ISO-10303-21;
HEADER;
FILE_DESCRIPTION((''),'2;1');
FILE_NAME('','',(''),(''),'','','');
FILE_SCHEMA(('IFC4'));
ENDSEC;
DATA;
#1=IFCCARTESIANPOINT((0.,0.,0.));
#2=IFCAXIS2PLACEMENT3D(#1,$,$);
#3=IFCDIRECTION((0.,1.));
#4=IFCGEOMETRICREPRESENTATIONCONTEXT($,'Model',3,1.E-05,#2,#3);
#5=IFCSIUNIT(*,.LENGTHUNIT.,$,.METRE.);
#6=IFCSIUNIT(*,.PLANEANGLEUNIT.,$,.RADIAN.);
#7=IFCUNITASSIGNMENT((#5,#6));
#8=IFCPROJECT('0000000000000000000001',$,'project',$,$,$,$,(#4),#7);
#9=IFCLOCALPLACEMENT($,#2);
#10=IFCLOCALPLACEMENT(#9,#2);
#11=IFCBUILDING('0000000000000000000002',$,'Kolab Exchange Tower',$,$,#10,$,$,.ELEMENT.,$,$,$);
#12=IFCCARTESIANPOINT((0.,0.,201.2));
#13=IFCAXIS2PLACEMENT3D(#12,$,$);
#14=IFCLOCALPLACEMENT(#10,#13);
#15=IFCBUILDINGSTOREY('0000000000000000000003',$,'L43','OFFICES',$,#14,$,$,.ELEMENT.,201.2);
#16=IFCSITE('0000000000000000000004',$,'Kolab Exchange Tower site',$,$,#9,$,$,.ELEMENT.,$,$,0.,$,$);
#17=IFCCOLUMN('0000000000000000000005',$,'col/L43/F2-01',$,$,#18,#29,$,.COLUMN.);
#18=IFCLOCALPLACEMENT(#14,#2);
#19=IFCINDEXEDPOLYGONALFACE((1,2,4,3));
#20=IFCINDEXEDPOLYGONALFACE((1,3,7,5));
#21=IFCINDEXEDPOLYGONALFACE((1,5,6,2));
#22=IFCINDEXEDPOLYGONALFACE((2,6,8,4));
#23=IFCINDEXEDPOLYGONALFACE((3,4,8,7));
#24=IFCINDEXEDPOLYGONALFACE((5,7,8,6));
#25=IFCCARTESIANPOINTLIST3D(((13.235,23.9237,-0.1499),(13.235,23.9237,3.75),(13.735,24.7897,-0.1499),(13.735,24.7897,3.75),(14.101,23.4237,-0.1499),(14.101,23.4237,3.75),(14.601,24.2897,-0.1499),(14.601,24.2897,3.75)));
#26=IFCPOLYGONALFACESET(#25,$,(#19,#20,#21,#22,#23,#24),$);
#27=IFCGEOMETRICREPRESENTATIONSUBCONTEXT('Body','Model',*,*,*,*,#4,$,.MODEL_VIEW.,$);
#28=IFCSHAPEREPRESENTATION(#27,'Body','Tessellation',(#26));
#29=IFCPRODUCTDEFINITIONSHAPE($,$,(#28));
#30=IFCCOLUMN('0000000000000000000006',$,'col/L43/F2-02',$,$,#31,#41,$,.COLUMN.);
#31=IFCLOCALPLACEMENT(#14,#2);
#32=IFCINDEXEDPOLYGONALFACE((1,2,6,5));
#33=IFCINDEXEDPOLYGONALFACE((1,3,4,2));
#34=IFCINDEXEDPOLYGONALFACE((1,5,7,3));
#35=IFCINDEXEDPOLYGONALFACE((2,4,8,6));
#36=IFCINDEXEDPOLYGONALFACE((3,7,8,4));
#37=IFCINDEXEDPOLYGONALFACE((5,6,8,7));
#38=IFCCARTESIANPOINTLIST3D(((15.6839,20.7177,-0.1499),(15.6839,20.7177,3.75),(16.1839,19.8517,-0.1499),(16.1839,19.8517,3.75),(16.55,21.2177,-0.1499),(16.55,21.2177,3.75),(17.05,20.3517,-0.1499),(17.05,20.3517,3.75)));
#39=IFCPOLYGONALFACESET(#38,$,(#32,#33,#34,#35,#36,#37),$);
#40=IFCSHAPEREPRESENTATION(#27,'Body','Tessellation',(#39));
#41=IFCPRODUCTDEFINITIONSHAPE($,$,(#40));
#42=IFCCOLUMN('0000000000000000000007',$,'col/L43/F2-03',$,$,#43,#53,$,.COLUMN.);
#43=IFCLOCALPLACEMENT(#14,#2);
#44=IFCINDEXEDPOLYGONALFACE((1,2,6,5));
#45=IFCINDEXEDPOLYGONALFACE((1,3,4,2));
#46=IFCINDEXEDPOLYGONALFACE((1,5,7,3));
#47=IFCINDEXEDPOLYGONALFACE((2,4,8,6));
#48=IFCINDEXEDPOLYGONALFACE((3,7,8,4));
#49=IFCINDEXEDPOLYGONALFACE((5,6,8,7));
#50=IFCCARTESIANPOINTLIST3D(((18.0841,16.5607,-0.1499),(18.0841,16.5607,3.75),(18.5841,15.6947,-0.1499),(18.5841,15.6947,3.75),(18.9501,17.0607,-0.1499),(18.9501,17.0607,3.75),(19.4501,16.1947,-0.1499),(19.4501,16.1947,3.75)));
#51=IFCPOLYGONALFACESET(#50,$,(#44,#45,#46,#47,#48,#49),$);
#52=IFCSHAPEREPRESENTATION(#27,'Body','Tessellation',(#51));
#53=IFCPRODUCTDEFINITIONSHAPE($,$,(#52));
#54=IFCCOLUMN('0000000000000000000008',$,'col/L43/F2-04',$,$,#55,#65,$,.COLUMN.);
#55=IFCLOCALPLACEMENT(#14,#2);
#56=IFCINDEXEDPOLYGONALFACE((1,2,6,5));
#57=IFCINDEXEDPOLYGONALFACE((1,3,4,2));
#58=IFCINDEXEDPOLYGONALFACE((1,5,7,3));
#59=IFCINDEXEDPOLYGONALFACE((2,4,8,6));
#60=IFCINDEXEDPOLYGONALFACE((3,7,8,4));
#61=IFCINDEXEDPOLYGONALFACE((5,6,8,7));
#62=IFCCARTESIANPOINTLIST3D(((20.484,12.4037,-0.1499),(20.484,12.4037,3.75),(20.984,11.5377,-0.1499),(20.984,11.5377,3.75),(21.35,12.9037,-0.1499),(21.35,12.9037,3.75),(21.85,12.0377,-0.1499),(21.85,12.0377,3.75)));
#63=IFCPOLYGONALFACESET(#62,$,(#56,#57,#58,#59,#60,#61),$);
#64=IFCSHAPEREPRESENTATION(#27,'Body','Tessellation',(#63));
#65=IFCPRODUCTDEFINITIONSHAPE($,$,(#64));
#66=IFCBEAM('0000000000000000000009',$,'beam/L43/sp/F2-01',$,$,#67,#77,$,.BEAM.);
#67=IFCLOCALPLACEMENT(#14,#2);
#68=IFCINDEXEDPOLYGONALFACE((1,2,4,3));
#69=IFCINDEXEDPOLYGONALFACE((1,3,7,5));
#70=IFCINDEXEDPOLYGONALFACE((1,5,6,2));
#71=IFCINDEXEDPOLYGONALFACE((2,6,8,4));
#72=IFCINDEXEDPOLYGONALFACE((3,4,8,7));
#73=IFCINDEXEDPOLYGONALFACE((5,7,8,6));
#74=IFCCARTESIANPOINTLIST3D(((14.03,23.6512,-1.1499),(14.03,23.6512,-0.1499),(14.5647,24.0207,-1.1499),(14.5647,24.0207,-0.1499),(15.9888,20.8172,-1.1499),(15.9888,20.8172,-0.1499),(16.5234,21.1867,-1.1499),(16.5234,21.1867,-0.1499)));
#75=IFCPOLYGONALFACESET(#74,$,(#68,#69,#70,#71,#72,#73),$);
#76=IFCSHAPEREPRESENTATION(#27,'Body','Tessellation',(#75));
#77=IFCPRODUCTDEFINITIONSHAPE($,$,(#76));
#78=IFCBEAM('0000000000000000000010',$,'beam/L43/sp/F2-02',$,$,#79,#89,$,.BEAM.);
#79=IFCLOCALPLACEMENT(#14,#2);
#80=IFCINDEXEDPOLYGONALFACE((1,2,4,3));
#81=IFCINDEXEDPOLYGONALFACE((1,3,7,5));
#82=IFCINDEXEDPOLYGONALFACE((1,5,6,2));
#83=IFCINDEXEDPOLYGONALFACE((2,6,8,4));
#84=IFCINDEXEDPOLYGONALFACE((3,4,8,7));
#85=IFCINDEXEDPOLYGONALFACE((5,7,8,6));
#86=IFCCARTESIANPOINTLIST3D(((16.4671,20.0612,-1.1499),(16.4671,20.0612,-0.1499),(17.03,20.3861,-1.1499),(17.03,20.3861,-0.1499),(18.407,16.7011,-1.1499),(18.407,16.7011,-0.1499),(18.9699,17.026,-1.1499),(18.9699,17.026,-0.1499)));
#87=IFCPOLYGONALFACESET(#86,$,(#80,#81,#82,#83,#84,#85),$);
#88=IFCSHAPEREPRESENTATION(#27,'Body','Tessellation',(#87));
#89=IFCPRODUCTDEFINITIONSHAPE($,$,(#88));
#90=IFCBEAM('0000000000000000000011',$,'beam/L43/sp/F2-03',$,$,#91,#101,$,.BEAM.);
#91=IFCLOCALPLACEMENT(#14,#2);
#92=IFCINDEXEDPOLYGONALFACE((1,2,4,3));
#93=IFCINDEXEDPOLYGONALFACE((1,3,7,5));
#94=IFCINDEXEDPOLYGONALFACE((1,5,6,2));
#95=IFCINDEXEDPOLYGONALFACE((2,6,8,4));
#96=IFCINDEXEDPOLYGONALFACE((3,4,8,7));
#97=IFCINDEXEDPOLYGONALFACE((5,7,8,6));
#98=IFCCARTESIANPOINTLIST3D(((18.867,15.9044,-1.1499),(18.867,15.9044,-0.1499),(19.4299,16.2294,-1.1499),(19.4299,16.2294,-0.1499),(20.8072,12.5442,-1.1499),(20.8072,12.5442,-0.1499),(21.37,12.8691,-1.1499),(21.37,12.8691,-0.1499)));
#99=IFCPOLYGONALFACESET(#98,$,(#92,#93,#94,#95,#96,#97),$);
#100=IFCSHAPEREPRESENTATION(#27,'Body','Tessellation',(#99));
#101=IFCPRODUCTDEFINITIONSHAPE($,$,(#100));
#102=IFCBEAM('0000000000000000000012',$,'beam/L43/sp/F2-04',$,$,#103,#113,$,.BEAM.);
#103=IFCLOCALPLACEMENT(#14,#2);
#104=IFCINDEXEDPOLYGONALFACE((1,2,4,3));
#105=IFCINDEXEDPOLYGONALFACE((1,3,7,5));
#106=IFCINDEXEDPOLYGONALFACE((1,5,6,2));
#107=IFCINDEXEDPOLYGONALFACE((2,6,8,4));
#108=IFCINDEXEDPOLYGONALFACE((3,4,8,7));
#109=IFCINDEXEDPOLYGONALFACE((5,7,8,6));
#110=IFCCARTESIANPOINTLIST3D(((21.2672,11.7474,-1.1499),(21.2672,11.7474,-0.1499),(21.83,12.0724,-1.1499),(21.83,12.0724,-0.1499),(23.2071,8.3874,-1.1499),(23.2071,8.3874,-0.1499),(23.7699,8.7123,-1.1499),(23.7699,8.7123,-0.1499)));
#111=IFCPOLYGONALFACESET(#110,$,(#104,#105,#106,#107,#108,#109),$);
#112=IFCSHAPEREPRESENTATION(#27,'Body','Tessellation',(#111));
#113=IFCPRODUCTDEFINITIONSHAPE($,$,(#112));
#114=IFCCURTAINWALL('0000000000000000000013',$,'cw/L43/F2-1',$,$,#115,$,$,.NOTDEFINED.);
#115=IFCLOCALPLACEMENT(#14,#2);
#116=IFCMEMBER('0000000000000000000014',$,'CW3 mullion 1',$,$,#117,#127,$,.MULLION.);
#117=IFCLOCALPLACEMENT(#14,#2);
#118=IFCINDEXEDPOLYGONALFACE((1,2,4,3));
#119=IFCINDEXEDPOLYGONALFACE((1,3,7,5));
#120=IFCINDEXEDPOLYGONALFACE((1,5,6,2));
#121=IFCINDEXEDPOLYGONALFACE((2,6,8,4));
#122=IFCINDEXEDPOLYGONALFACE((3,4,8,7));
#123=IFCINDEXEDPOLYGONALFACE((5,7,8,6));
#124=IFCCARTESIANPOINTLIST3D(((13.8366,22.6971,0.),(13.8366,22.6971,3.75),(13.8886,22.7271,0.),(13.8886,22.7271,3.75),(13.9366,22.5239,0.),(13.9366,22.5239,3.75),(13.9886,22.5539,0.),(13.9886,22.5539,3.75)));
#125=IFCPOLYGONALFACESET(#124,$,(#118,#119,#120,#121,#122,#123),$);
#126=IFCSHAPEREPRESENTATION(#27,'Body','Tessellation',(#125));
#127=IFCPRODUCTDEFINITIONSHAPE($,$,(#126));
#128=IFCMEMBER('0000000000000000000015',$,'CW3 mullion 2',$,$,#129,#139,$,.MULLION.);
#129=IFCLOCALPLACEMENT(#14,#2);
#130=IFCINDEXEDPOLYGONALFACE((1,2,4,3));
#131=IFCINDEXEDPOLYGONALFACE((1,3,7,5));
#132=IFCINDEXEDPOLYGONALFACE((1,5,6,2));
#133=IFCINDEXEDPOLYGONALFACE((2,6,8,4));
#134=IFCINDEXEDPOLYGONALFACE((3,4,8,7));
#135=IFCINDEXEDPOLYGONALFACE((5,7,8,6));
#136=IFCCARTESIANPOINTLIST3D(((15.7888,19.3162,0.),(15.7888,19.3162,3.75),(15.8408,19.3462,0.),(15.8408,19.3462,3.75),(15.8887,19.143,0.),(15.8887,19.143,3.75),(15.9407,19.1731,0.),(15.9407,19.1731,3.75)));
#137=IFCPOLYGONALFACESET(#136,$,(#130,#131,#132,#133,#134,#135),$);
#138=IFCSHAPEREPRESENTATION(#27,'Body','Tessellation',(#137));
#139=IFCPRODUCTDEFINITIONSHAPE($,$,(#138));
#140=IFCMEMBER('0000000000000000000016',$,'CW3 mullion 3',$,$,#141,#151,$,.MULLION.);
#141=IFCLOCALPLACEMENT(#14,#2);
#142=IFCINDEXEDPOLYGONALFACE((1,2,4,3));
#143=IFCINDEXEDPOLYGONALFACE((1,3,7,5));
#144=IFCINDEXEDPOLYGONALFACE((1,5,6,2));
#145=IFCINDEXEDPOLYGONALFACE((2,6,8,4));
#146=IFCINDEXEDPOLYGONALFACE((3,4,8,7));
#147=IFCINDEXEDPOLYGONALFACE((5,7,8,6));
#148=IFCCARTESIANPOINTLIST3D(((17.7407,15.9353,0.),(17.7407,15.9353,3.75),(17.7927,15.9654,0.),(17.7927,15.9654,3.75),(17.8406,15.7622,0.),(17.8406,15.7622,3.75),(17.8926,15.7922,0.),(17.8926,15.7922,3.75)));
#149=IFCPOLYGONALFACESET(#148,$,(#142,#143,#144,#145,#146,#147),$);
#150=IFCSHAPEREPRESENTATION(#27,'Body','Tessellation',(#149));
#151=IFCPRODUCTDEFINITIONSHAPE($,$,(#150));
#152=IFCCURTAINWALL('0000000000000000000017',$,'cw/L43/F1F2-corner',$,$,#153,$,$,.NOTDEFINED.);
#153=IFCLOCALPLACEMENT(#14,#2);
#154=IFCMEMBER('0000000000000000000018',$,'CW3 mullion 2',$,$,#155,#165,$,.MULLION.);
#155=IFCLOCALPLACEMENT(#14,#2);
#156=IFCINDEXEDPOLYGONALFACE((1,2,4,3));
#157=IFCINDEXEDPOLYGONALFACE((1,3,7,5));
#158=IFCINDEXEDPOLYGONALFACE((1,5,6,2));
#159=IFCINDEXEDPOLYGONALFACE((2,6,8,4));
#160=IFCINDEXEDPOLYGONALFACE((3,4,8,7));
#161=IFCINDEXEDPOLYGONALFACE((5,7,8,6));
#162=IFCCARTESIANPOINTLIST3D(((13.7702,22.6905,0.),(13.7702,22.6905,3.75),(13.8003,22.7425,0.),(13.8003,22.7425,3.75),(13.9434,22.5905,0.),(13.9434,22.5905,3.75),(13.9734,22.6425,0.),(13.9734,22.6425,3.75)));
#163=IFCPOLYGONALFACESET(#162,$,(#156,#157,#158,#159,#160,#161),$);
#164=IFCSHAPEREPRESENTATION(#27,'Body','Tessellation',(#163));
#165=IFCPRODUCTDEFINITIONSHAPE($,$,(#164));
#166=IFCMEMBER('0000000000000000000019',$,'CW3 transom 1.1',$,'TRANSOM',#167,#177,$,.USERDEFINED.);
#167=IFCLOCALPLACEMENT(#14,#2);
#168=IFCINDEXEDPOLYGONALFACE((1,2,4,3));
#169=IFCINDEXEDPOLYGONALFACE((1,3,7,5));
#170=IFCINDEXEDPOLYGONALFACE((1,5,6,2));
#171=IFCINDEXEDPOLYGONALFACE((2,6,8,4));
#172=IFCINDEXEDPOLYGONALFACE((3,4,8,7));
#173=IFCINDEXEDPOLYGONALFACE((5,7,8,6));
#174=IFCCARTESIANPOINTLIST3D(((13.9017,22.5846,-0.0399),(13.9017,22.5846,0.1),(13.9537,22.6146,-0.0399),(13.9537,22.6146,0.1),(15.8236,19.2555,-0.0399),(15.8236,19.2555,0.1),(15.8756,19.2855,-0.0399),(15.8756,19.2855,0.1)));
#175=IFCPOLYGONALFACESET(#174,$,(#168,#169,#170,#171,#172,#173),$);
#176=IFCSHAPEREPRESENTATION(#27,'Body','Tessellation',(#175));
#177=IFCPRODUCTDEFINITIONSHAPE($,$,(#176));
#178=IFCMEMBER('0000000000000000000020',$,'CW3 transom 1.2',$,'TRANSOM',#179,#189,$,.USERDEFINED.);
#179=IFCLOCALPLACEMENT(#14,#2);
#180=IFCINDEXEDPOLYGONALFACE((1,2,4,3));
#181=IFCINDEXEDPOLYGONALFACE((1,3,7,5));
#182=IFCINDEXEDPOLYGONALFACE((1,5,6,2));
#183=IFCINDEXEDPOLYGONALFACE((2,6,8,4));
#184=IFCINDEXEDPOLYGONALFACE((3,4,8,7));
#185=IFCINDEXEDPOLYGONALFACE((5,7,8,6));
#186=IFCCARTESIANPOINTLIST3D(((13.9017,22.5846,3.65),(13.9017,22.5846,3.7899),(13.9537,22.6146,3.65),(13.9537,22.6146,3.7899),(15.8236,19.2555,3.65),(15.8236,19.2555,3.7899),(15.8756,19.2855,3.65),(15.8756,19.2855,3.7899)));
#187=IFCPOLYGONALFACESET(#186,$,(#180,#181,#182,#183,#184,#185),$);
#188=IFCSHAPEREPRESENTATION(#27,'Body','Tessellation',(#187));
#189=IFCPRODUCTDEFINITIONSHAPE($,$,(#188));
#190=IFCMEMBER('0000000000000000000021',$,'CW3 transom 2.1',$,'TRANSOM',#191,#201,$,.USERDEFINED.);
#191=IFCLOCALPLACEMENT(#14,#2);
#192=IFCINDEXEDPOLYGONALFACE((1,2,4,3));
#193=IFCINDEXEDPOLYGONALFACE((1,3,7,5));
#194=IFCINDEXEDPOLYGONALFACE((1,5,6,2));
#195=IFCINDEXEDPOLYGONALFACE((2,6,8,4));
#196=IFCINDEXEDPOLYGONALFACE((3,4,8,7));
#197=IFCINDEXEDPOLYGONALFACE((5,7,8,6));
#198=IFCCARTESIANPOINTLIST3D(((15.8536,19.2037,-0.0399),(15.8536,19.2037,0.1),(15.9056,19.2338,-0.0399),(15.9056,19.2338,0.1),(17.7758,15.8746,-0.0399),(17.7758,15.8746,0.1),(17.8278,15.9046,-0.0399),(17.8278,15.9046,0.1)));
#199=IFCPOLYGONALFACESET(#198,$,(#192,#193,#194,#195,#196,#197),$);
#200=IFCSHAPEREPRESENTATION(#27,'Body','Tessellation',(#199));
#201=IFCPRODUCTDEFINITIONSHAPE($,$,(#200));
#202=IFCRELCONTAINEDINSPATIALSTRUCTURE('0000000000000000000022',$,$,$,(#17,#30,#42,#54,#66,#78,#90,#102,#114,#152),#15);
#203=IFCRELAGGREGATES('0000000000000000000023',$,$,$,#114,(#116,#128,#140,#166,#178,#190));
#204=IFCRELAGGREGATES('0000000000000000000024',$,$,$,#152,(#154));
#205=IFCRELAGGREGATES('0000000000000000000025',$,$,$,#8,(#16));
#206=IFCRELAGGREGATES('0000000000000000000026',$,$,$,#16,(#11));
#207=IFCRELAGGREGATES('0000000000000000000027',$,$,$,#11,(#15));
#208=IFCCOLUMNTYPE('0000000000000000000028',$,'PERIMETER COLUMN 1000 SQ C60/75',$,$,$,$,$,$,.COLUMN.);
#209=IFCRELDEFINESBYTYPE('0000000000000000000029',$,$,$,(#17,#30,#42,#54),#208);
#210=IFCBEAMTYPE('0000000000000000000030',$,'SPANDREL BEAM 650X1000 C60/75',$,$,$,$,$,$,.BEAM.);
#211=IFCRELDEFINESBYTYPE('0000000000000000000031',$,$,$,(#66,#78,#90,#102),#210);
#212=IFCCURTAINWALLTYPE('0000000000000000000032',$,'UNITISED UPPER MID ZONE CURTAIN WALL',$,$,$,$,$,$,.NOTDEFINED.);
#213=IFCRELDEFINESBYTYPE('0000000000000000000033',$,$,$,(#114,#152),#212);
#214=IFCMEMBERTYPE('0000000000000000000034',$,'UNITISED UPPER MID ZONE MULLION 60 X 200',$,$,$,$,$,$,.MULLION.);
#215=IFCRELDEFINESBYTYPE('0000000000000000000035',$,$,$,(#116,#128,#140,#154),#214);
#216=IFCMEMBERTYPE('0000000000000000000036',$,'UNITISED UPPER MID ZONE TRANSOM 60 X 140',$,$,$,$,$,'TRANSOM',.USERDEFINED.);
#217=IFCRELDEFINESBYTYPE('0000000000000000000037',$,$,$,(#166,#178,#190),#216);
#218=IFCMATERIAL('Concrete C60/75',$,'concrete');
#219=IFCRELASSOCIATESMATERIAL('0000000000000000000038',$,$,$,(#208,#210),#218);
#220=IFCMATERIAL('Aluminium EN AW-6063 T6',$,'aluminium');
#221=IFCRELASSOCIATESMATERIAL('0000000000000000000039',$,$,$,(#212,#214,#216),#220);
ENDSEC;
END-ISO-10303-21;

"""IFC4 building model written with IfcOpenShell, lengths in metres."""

from ifc_helpers import new_model, si_unit, direction, frame, origin, origin_2d, place, context, subcontext, project, spatial, rectangle, extrude, material, material_profile, profile_set, type_object, element, aggregate, save


model = new_model("IFC4")

# Units and contexts
model_context = context("Model", 3, precision=1e-05, world=origin(), true_north=direction((0.0, 1.0)))
body_context = subcontext(model_context, "Body", "Model", "MODEL_VIEW")
ifc_project = project(units=[si_unit("LENGTHUNIT", "METRE"), si_unit("PLANEANGLEUNIT", "RADIAN")], contexts=[model_context])

# Site, building, storey
site_placement = place(None, origin())
site = spatial("IfcSite", under=ifc_project, at=site_placement, Name="Kolab Exchange Tower site", CompositionType="ELEMENT", RefElevation=0.0)
building_placement = place(site_placement, origin())
building = spatial("IfcBuilding", under=site, at=building_placement, Name="Kolab Exchange Tower", CompositionType="ELEMENT")
storey_placement = place(building_placement, frame((0.0, 0.0, 201.2)))
storey = spatial("IfcBuildingStorey", under=building, at=storey_placement, Name="L43", Description="OFFICES", CompositionType="ELEMENT", Elevation=201.2)

# Columns
ifc_material_1 = material(Name="Concrete C60/75", Category="concrete")
ifc_material_profile_1 = material_profile(ifc_material_1, rectangle(XDim=1.0, YDim=1.0, at=origin_2d()), Name="RC1000")
ifc_profile_set_1 = profile_set([ifc_material_profile_1], Name="Concrete C60/75")
column_type = type_object("IfcColumnType", Name="PERIMETER COLUMN 1000 SQ C60/75", PredefinedType="COLUMN", material=ifc_profile_set_1)
for number, where, z_axis, x_axis, name in (
    (1, (13.918, 24.1067, -0.1499), (0.0, 0.0, 1.0), (0.5, 0.866025, 0.0), "col/L43/F2-01"),
    (2, (16.3669, 20.5347, -0.1499), (0.0, 0.0, 1.0), (0.866025, 0.5, 0.0), "col/L43/F2-02"),
    (3, (18.7671, 16.3777, -0.1499), (0.0, 0.0, 1.0), (0.866025, 0.5, 0.0), "col/L43/F2-03"),
    (4, (21.167, 12.2207, -0.1499), (0.0, 0.0, 1.0), (0.866025, 0.5, 0.0), "col/L43/F2-04"),
):
    element("IfcColumn", number, at=place(storey_placement, frame(where, z_axis=z_axis, x_axis=x_axis)), inside=storey, type_object=column_type, Name=name, PredefinedType="COLUMN", context=body_context, shape_type="SweptSolid", body=[
        extrude(rectangle(XDim=1.0, YDim=1.0, at=origin_2d()), origin(), (0.0, 0.0, 1.0), 3.8999),
    ])

# Beams
ifc_material_profile_2 = material_profile(ifc_material_1, rectangle(XDim=0.6499, YDim=1.0, at=origin_2d()), Name="RC650X1000")
ifc_profile_set_2 = profile_set([ifc_material_profile_2], Name="Concrete C60/75")
beam_type = type_object("IfcBeamType", Name="SPANDREL BEAM 650X1000 C60/75", PredefinedType="BEAM", material=ifc_profile_set_2)
beam_1_placement = place(storey_placement, frame((14.2974, 23.8359, -0.6499), z_axis=(0.568572, -0.822633, 0.0), x_axis=(0.822633, 0.568572, 0.0)))
element("IfcBeam", 5, at=beam_1_placement, inside=storey, type_object=beam_type, Name="beam/L43/sp/F2-01", PredefinedType="BEAM", context=body_context, shape_type="SweptSolid", body=[
    extrude(rectangle(XDim=0.6499, YDim=1.0, at=origin_2d()), origin(), (0.0, 0.0, 1.0), 3.4451),
])
beam_2_placement = place(storey_placement, frame((16.7485, 20.2236, -0.6499), z_axis=(0.499997, -0.866027, 0.0), x_axis=(0.866027, 0.499997, 0.0)))
element("IfcBeam", 6, at=beam_2_placement, inside=storey, type_object=beam_type, Name="beam/L43/sp/F2-02", PredefinedType="BEAM", context=body_context, shape_type="SweptSolid", body=[
    extrude(rectangle(XDim=0.6499, YDim=1.0, at=origin_2d()), origin(), (0.0, 0.0, 1.0), 3.8799),
])
beam_3_placement = place(storey_placement, frame((19.1484, 16.0669, -0.6499), z_axis=(0.500017, -0.866016, 0.0), x_axis=(0.866016, 0.500017, 0.0)))
element("IfcBeam", 7, at=beam_3_placement, inside=storey, type_object=beam_type, Name="beam/L43/sp/F2-03", PredefinedType="BEAM", context=body_context, shape_type="SweptSolid", body=[
    extrude(rectangle(XDim=0.6499, YDim=1.0, at=origin_2d()), origin(), (0.0, 0.0, 1.0), 3.8801),
])
beam_4_placement = place(storey_placement, frame((21.5486, 11.9099, -0.6499), z_axis=(0.499997, -0.866027, 0.0), x_axis=(0.866027, 0.499997, 0.0)))
element("IfcBeam", 8, at=beam_4_placement, inside=storey, type_object=beam_type, Name="beam/L43/sp/F2-04", PredefinedType="BEAM", context=body_context, shape_type="SweptSolid", body=[
    extrude(rectangle(XDim=0.6499, YDim=1.0, at=origin_2d()), origin(), (0.0, 0.0, 1.0), 3.8799),
])

# Curtain wall, members
ifc_material_2 = material(Name="Aluminium EN AW-6063 T6", Category="aluminium")
curtain_wall_type = type_object("IfcCurtainWallType", Name="UNITISED UPPER MID ZONE CURTAIN WALL", PredefinedType="NOTDEFINED", material=ifc_material_2)
curtain_wall_1_placement = place(storey_placement, origin())
curtain_wall_1 = element("IfcCurtainWall", 9, at=curtain_wall_1_placement, inside=storey, type_object=curtain_wall_type, Name="cw/L43/F2-1", PredefinedType="NOTDEFINED")
ifc_material_profile_3 = material_profile(ifc_material_2, rectangle(XDim=0.0601, YDim=0.2, at=origin_2d()), Name="RECT 60X200")
ifc_profile_set_3 = profile_set([ifc_material_profile_3], Name="Aluminium EN AW-6063 T6")
member_type_1 = type_object("IfcMemberType", Name="UNITISED UPPER MID ZONE MULLION 60 X 200", PredefinedType="MULLION", material=ifc_profile_set_3)
member_1_placement = place(storey_placement, frame((13.9126, 22.6255, 0.0), z_axis=(0.0, 0.0, 1.0), x_axis=(0.866025, 0.5, 0.0)))
member_1 = element("IfcMember", 10, at=member_1_placement, type_object=member_type_1, Name="CW3 mullion 1", PredefinedType="MULLION", context=body_context, shape_type="SweptSolid", body=[
    extrude(rectangle(XDim=0.0601, YDim=0.2, at=origin_2d()), origin(), (0.0, 0.0, 1.0), 3.75),
])
member_2_placement = place(storey_placement, frame((15.8647, 19.2446, 0.0), z_axis=(0.0, 0.0, 1.0), x_axis=(0.866025, 0.5, 0.0)))
member_2 = element("IfcMember", 11, at=member_2_placement, type_object=member_type_1, Name="CW3 mullion 2", PredefinedType="MULLION", context=body_context, shape_type="SweptSolid", body=[
    extrude(rectangle(XDim=0.0601, YDim=0.2, at=origin_2d()), origin(), (0.0, 0.0, 1.0), 3.75),
])
member_3_placement = place(storey_placement, frame((17.8167, 15.8638, 0.0), z_axis=(0.0, 0.0, 1.0), x_axis=(0.866025, 0.5, 0.0)))
member_3 = element("IfcMember", 12, at=member_3_placement, type_object=member_type_1, Name="CW3 mullion 3", PredefinedType="MULLION", context=body_context, shape_type="SweptSolid", body=[
    extrude(rectangle(XDim=0.0601, YDim=0.2, at=origin_2d()), origin(), (0.0, 0.0, 1.0), 3.75),
])

# Curtain wall, member
curtain_wall_2_placement = place(storey_placement, origin())
curtain_wall_2 = element("IfcCurtainWall", 13, at=curtain_wall_2_placement, inside=storey, type_object=curtain_wall_type, Name="cw/L43/F1F2-corner", PredefinedType="NOTDEFINED")
member_4_placement = place(storey_placement, frame((13.8718, 22.6665, 0.0), z_axis=(0.0, 0.0, 1.0), x_axis=(0.5, 0.866025, 0.0)))
member_4 = element("IfcMember", 14, at=member_4_placement, type_object=member_type_1, Name="CW3 mullion 2", PredefinedType="MULLION", context=body_context, shape_type="SweptSolid", body=[
    extrude(rectangle(XDim=0.0601, YDim=0.2, at=origin_2d()), origin(), (0.0, 0.0, 1.0), 3.75),
])

# Members
ifc_material_profile_4 = material_profile(ifc_material_2, rectangle(XDim=0.0601, YDim=0.1399, at=origin_2d()), Name="RECT 60X140")
ifc_profile_set_4 = profile_set([ifc_material_profile_4], Name="Aluminium EN AW-6063 T6")
member_type_2 = type_object("IfcMemberType", Name="UNITISED UPPER MID ZONE TRANSOM 60 X 140", ElementType="TRANSOM", PredefinedType="USERDEFINED", material=ifc_profile_set_4)
member_5_placement = place(storey_placement, frame((13.9277, 22.5996, 0.03), z_axis=(0.499964, -0.866046, 0.0), x_axis=(0.866046, 0.499964, 0.0)))
member_5 = element("IfcMember", 15, at=member_5_placement, type_object=member_type_2, Name="CW3 transom 1.1", ObjectType="TRANSOM", PredefinedType="USERDEFINED", context=body_context, shape_type="SweptSolid", body=[
    extrude(rectangle(XDim=0.0601, YDim=0.1399, at=origin_2d()), origin(), (0.0, 0.0, 1.0), 3.844),
])
member_6_placement = place(storey_placement, frame((13.9277, 22.5996, 3.72), z_axis=(0.499964, -0.866046, 0.0), x_axis=(0.866046, 0.499964, 0.0)))
member_6 = element("IfcMember", 16, at=member_6_placement, type_object=member_type_2, Name="CW3 transom 1.2", ObjectType="TRANSOM", PredefinedType="USERDEFINED", context=body_context, shape_type="SweptSolid", body=[
    extrude(rectangle(XDim=0.0601, YDim=0.1399, at=origin_2d()), origin(), (0.0, 0.0, 1.0), 3.844),
])
member_7_placement = place(storey_placement, frame((15.8796, 19.2188, 0.03), z_axis=(0.500012, -0.866018, 0.0), x_axis=(0.866018, 0.500012, 0.0)))
member_7 = element("IfcMember", 17, at=member_7_placement, type_object=member_type_2, Name="CW3 transom 2.1", ObjectType="TRANSOM", PredefinedType="USERDEFINED", context=body_context, shape_type="SweptSolid", body=[
    extrude(rectangle(XDim=0.0601, YDim=0.1399, at=origin_2d()), origin(), (0.0, 0.0, 1.0), 3.8442),
])

aggregate(curtain_wall_1, [member_1, member_2, member_3, member_5, member_6, member_7])
aggregate(curtain_wall_2, [member_4])

save(model, "model.ifc")
